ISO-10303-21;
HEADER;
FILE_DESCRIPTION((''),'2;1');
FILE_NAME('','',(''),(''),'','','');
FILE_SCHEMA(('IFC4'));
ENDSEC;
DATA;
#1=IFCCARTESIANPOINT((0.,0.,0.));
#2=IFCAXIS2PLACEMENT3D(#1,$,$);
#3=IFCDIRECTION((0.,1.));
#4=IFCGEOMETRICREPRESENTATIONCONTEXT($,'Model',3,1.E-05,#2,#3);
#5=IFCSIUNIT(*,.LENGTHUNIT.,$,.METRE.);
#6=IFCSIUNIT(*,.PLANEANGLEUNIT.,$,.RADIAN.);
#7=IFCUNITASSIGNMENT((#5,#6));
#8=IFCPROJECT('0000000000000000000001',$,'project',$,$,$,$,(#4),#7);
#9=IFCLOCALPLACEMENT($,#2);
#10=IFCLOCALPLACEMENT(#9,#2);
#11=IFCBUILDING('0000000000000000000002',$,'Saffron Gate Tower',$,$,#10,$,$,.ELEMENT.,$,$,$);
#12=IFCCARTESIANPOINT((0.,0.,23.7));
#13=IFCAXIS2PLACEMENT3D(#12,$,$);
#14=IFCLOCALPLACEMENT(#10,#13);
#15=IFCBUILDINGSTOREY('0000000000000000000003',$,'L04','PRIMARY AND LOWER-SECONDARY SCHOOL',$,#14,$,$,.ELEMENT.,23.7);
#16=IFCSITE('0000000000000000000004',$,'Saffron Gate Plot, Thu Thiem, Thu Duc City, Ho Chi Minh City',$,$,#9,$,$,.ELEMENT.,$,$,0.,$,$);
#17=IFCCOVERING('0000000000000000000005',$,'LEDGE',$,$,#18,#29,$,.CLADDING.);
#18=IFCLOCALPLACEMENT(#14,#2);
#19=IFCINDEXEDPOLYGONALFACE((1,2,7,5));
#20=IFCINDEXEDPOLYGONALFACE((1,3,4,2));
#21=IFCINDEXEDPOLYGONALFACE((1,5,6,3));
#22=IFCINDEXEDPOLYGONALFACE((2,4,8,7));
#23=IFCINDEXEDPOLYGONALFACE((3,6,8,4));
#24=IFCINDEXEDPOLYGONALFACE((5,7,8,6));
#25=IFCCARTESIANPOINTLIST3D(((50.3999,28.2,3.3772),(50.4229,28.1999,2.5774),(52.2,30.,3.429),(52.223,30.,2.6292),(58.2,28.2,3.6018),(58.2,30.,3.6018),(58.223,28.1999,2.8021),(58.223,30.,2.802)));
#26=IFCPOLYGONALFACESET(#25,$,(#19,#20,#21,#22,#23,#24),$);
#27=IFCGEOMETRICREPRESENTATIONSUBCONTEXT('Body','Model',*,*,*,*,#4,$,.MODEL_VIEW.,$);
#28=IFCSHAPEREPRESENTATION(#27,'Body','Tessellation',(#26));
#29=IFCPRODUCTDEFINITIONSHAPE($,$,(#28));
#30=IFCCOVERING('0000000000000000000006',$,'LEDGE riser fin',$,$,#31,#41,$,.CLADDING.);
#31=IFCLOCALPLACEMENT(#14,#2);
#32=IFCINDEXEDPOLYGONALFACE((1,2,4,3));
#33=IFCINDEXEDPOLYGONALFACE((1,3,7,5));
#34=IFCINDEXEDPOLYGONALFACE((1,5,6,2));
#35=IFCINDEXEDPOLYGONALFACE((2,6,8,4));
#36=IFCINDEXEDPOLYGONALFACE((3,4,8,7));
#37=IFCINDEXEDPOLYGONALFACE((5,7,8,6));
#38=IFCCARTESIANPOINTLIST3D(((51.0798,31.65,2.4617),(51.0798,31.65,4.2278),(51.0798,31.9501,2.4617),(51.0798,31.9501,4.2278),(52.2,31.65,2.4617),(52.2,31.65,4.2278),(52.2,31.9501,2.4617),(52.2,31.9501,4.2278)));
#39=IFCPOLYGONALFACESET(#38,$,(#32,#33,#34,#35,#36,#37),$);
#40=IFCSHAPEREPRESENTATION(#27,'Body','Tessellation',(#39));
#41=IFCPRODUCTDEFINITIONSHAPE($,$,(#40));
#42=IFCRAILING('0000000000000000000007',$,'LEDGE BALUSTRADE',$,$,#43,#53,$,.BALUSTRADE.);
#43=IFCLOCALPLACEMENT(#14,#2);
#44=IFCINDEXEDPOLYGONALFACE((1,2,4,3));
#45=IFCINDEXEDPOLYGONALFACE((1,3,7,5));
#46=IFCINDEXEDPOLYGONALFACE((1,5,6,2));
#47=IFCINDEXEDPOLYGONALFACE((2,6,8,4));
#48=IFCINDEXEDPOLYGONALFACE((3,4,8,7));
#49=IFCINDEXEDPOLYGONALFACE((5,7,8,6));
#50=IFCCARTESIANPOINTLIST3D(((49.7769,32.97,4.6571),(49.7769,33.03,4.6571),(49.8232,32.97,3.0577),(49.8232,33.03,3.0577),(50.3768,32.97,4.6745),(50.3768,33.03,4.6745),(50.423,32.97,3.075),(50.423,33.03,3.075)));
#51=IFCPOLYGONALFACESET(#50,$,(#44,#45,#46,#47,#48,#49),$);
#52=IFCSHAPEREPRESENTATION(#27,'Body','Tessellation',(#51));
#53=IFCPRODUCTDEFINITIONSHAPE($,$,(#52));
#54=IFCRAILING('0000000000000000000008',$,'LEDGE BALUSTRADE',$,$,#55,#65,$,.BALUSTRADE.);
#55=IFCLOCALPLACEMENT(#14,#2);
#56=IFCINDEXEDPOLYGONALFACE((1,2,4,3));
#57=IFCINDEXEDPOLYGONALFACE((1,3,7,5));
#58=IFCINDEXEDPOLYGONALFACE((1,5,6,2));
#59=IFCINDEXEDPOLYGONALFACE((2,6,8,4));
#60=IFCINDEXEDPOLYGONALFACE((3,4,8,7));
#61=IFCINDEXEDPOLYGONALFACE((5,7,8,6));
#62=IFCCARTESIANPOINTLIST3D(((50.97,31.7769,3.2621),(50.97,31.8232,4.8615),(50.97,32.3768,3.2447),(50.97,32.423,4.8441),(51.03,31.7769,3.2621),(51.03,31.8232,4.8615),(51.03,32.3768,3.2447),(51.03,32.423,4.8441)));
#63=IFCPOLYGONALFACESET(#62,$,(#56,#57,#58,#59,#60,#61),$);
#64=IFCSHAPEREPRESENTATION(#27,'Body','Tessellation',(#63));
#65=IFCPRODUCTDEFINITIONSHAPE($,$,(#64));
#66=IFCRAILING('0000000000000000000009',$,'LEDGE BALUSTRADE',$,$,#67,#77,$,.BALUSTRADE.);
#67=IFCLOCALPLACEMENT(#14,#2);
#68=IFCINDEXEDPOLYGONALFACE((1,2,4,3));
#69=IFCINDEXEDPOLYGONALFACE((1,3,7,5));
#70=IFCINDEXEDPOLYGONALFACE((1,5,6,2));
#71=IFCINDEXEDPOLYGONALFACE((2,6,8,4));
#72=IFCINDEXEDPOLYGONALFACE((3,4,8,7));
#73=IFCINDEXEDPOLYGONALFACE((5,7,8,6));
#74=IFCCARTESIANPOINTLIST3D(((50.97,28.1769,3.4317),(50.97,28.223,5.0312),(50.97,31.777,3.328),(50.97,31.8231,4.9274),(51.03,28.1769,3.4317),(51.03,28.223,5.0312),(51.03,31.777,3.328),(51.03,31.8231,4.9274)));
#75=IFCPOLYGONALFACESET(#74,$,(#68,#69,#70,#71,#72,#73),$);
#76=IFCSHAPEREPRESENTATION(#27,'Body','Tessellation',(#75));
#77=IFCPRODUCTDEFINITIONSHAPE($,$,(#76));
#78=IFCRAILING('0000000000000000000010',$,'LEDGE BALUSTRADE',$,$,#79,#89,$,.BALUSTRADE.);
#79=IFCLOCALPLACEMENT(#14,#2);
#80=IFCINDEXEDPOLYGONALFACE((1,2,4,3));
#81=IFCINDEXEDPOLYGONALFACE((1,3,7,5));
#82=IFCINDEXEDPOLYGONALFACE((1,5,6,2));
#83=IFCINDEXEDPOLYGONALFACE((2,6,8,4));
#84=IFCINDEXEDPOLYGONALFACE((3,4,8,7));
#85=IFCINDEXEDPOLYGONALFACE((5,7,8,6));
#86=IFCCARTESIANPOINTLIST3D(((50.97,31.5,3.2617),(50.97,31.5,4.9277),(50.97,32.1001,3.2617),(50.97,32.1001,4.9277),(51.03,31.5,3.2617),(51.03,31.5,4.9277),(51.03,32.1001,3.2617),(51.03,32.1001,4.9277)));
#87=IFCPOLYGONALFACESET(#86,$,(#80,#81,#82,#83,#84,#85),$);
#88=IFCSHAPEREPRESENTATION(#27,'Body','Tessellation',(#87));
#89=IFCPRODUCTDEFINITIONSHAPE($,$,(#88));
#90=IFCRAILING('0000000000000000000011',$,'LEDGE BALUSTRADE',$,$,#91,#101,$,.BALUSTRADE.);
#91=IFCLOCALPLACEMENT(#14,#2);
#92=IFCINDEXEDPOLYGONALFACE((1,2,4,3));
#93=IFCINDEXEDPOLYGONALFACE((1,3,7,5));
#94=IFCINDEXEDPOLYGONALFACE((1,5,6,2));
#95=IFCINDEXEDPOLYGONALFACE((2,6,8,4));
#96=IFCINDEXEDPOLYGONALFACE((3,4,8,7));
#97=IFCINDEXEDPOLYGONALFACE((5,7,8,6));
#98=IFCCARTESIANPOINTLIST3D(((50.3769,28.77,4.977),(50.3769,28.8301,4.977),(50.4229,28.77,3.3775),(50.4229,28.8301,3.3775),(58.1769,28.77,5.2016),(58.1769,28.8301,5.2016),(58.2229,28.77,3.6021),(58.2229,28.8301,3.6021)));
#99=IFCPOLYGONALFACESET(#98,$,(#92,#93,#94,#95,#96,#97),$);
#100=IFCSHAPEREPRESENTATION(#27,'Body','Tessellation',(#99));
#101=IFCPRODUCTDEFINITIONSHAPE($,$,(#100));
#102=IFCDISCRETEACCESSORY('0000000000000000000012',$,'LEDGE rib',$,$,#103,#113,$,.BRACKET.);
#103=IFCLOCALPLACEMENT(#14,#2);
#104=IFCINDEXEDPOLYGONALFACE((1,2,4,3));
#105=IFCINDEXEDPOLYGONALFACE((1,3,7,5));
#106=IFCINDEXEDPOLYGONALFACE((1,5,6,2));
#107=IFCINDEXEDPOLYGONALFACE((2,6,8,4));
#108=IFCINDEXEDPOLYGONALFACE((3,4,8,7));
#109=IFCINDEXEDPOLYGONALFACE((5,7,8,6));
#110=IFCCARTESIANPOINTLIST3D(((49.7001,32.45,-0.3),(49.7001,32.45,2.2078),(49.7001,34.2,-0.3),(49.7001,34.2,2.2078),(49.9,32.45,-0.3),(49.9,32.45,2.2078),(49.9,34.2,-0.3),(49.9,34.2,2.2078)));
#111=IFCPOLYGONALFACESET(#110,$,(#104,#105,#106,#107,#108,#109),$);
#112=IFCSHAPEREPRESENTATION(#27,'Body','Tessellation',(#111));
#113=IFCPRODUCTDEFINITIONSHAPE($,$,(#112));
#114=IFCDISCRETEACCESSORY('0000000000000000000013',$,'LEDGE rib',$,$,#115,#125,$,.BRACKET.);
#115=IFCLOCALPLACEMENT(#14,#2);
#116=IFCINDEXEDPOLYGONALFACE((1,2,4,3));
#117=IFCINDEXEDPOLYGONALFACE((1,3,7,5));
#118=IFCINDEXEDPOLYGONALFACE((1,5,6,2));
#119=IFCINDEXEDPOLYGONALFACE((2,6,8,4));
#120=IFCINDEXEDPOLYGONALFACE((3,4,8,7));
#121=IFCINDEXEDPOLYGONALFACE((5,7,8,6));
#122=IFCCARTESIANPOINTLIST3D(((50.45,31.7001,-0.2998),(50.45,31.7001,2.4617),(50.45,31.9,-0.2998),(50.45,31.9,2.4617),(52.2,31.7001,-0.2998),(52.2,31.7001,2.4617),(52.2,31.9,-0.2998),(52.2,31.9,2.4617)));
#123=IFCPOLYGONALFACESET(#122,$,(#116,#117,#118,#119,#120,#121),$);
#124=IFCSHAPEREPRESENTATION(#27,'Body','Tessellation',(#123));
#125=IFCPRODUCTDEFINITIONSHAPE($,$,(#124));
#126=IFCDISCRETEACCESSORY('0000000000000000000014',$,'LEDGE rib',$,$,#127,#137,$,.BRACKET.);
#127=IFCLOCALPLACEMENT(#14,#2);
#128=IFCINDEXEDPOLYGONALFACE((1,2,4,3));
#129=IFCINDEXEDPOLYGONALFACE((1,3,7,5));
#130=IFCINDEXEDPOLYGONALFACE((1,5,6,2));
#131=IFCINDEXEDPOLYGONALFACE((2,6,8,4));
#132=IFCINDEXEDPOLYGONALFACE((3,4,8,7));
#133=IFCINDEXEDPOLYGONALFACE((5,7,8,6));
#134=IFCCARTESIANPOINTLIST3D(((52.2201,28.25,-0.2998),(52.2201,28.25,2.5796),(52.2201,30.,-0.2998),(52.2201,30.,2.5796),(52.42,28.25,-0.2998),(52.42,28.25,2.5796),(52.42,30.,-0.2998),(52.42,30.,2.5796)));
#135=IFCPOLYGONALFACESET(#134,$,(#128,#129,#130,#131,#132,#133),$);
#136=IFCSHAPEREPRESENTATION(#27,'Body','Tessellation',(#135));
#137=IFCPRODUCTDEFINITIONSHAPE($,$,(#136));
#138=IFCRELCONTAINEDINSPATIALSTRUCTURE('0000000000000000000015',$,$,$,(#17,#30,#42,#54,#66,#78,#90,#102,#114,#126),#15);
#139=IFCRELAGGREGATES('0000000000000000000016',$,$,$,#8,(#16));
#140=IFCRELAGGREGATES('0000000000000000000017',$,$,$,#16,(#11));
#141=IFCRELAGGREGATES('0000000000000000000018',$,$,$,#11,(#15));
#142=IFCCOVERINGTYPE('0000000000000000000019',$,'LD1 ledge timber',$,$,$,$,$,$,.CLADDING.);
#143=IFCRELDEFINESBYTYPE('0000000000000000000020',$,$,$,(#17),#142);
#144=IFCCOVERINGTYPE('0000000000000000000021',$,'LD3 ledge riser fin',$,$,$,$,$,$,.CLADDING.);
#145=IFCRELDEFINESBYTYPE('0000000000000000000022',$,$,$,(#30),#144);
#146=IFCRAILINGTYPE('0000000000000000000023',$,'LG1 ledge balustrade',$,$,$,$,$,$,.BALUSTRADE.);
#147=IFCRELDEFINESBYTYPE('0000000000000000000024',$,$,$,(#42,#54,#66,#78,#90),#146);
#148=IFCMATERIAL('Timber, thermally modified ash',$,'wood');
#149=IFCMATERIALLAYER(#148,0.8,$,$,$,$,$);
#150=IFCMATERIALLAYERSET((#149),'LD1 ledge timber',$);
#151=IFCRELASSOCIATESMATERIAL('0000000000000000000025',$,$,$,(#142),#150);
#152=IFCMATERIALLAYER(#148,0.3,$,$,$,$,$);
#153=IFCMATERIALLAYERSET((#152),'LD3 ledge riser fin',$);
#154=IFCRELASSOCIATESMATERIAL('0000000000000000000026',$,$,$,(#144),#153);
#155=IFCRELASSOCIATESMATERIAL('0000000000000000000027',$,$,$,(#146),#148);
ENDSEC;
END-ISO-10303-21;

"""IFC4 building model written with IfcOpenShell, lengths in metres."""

from ifc_helpers import new_model, si_unit, direction, frame, origin, origin_2d, place, context, subcontext, project, spatial, polyline, rectangle, outline, extrude, material, layer, layer_set, type_object, element, save


model = new_model("IFC4")

# Units and contexts
model_context = context("Model", 3, precision=1e-05, world=origin(), true_north=direction((0.0, 1.0)))
body_context = subcontext(model_context, "Body", "Model", "MODEL_VIEW")
ifc_project = project(units=[si_unit("LENGTHUNIT", "METRE"), si_unit("PLANEANGLEUNIT", "RADIAN")], contexts=[model_context])

# Site, building, storey
site_placement = place(None, origin())
site = spatial("IfcSite", under=ifc_project, at=site_placement, Name="Saffron Gate Plot, Thu Thiem, Thu Duc City, Ho Chi Minh City", CompositionType="ELEMENT", RefElevation=0.0)
building_placement = place(site_placement, origin())
building = spatial("IfcBuilding", under=site, at=building_placement, Name="Saffron Gate Tower", CompositionType="ELEMENT")
storey_placement = place(building_placement, frame((0.0, 0.0, 23.7)))
storey = spatial("IfcBuildingStorey", under=building, at=storey_placement, Name="L04", Description="PRIMARY AND LOWER-SECONDARY SCHOOL", CompositionType="ELEMENT", Elevation=23.7)

# Coverings
ifc_material_1 = material(Name="Timber, thermally modified ash", Category="wood")
ifc_layer_1 = layer(ifc_material_1, 0.8)
ifc_layer_set_1 = layer_set([ifc_layer_1], Name="LD1 ledge timber")
covering_type_1 = type_object("IfcCoveringType", Name="LD1 ledge timber", PredefinedType="CLADDING", material=ifc_layer_set_1)
covering_1_placement = place(storey_placement, frame((52.2, 30.0, 3.429), z_axis=(-0.028789, 0.000024, 0.999585), x_axis=(0.999585, 0.0, 0.028789)))
element("IfcCovering", 1, at=covering_1_placement, inside=storey, type_object=covering_type_1, Name="LEDGE", PredefinedType="CLADDING", context=body_context, shape_type="SweptSolid", body=[
    extrude(outline(polyline([(0.0, 0.0), (6.0025, 0.0), (6.0025, -1.8), (-1.8008, -1.8), (0.0, 0.0)])), origin(), (0.0, 0.0, -1.0), 0.8),
])
ifc_layer_2 = layer(ifc_material_1, 0.3)
ifc_layer_set_2 = layer_set([ifc_layer_2], Name="LD3 ledge riser fin")
covering_type_2 = type_object("IfcCoveringType", Name="LD3 ledge riser fin", PredefinedType="CLADDING", material=ifc_layer_set_2)
covering_2_placement = place(storey_placement, frame((51.6399, 31.8, 2.4617), z_axis=(0.0, 0.0, 1.0), x_axis=(0.0, -1.0, 0.0)))
element("IfcCovering", 2, at=covering_2_placement, inside=storey, type_object=covering_type_2, Name="LEDGE riser fin", PredefinedType="CLADDING", context=body_context, shape_type="SweptSolid", body=[
    extrude(rectangle(XDim=0.3, YDim=1.1201, at=origin_2d()), origin(), (0.0, 0.0, 1.0), 1.7661),
])

# Railings
railing_type = type_object("IfcRailingType", Name="LG1 ledge balustrade", PredefinedType="BALUSTRADE", material=ifc_material_1)
railing_1_placement = place(storey_placement, frame((49.8, 33.0, 3.0574)))
element("IfcRailing", 3, at=railing_1_placement, inside=storey, type_object=railing_type, Name="LEDGE BALUSTRADE", PredefinedType="BALUSTRADE", context=body_context, shape_type="SweptSolid", body=[
    extrude(rectangle(XDim=0.0601, YDim=1.6001, at=origin_2d()), frame((0.0, 0.0, 0.8), z_axis=(0.999583, 0.0, 0.028885), x_axis=(0.0, 1.0, 0.0)), (0.0, 0.0, 1.0), 0.6001),
])
railing_2_placement = place(storey_placement, frame((51.0, 32.3999, 3.2444)))
element("IfcRailing", 4, at=railing_2_placement, inside=storey, type_object=railing_type, Name="LEDGE BALUSTRADE", PredefinedType="BALUSTRADE", context=body_context, shape_type="SweptSolid", body=[
    extrude(rectangle(XDim=0.0601, YDim=1.6001, at=origin_2d()), frame((0.0, 0.0, 0.8), z_axis=(0.0, -0.999583, 0.028885), x_axis=(1.0, 0.0, 0.0)), (0.0, 0.0, 1.0), 0.6001),
])
railing_3_placement = place(storey_placement, frame((51.0, 31.8, 3.3276)))
element("IfcRailing", 5, at=railing_3_placement, inside=storey, type_object=railing_type, Name="LEDGE BALUSTRADE", PredefinedType="BALUSTRADE", context=body_context, shape_type="SweptSolid", body=[
    extrude(rectangle(XDim=0.0601, YDim=1.6001, at=origin_2d()), frame((0.0, 0.0, 0.8), z_axis=(0.0, -0.999585, 0.028809), x_axis=(1.0, 0.0, 0.0)), (0.0, 0.0, 1.0), 3.6016),
])
railing_4_placement = place(storey_placement, frame((51.0, 32.1001, 3.2617)))
element("IfcRailing", 6, at=railing_4_placement, inside=storey, type_object=railing_type, Name="LEDGE BALUSTRADE", PredefinedType="BALUSTRADE", context=body_context, shape_type="SweptSolid", body=[
    extrude(rectangle(XDim=0.0601, YDim=1.666, at=origin_2d()), frame((0.0, 0.0, 0.833), z_axis=(0.0, -1.0, 0.0), x_axis=(1.0, 0.0, 0.0)), (0.0, 0.0, 1.0), 0.6001),
])
railing_5_placement = place(storey_placement, frame((50.3999, 28.8, 3.3772)))
element("IfcRailing", 7, at=railing_5_placement, inside=storey, type_object=railing_type, Name="LEDGE BALUSTRADE", PredefinedType="BALUSTRADE", context=body_context, shape_type="SweptSolid", body=[
    extrude(rectangle(XDim=0.0601, YDim=1.6001, at=origin_2d()), frame((0.0, 0.0, 0.8), z_axis=(0.999586, 0.0, 0.028784), x_axis=(0.0, 1.0, 0.0)), (0.0, 0.0, 1.0), 7.8032),
])

# Discrete accessories
discrete_accessory_1_placement = place(storey_placement, frame((49.8, 33.325, -0.3), z_axis=(0.0, 0.0, 1.0), x_axis=(1.0, 0.0, 0.0)))
element("IfcDiscreteAccessory", 8, at=discrete_accessory_1_placement, inside=storey, Name="LEDGE rib", PredefinedType="BRACKET", context=body_context, shape_type="SweptSolid", body=[
    extrude(rectangle(XDim=0.2, YDim=1.75, at=origin_2d()), origin(), (0.0, 0.0, 1.0), 2.5078),
])
discrete_accessory_2_placement = place(storey_placement, frame((51.325, 31.8, -0.2998), z_axis=(0.0, 0.0, 1.0), x_axis=(0.0, -1.0, 0.0)))
element("IfcDiscreteAccessory", 9, at=discrete_accessory_2_placement, inside=storey, Name="LEDGE rib", PredefinedType="BRACKET", context=body_context, shape_type="SweptSolid", body=[
    extrude(rectangle(XDim=0.2, YDim=1.75, at=origin_2d()), origin(), (0.0, 0.0, 1.0), 2.7615),
])
discrete_accessory_3_placement = place(storey_placement, frame((52.3201, 29.125, -0.2998), z_axis=(0.0, 0.0, 1.0), x_axis=(1.0, 0.0, 0.0)))
element("IfcDiscreteAccessory", 10, at=discrete_accessory_3_placement, inside=storey, Name="LEDGE rib", PredefinedType="BRACKET", context=body_context, shape_type="SweptSolid", body=[
    extrude(rectangle(XDim=0.2, YDim=1.75, at=origin_2d()), origin(), (0.0, 0.0, 1.0), 2.8794),
])

save(model, "model.ifc")
